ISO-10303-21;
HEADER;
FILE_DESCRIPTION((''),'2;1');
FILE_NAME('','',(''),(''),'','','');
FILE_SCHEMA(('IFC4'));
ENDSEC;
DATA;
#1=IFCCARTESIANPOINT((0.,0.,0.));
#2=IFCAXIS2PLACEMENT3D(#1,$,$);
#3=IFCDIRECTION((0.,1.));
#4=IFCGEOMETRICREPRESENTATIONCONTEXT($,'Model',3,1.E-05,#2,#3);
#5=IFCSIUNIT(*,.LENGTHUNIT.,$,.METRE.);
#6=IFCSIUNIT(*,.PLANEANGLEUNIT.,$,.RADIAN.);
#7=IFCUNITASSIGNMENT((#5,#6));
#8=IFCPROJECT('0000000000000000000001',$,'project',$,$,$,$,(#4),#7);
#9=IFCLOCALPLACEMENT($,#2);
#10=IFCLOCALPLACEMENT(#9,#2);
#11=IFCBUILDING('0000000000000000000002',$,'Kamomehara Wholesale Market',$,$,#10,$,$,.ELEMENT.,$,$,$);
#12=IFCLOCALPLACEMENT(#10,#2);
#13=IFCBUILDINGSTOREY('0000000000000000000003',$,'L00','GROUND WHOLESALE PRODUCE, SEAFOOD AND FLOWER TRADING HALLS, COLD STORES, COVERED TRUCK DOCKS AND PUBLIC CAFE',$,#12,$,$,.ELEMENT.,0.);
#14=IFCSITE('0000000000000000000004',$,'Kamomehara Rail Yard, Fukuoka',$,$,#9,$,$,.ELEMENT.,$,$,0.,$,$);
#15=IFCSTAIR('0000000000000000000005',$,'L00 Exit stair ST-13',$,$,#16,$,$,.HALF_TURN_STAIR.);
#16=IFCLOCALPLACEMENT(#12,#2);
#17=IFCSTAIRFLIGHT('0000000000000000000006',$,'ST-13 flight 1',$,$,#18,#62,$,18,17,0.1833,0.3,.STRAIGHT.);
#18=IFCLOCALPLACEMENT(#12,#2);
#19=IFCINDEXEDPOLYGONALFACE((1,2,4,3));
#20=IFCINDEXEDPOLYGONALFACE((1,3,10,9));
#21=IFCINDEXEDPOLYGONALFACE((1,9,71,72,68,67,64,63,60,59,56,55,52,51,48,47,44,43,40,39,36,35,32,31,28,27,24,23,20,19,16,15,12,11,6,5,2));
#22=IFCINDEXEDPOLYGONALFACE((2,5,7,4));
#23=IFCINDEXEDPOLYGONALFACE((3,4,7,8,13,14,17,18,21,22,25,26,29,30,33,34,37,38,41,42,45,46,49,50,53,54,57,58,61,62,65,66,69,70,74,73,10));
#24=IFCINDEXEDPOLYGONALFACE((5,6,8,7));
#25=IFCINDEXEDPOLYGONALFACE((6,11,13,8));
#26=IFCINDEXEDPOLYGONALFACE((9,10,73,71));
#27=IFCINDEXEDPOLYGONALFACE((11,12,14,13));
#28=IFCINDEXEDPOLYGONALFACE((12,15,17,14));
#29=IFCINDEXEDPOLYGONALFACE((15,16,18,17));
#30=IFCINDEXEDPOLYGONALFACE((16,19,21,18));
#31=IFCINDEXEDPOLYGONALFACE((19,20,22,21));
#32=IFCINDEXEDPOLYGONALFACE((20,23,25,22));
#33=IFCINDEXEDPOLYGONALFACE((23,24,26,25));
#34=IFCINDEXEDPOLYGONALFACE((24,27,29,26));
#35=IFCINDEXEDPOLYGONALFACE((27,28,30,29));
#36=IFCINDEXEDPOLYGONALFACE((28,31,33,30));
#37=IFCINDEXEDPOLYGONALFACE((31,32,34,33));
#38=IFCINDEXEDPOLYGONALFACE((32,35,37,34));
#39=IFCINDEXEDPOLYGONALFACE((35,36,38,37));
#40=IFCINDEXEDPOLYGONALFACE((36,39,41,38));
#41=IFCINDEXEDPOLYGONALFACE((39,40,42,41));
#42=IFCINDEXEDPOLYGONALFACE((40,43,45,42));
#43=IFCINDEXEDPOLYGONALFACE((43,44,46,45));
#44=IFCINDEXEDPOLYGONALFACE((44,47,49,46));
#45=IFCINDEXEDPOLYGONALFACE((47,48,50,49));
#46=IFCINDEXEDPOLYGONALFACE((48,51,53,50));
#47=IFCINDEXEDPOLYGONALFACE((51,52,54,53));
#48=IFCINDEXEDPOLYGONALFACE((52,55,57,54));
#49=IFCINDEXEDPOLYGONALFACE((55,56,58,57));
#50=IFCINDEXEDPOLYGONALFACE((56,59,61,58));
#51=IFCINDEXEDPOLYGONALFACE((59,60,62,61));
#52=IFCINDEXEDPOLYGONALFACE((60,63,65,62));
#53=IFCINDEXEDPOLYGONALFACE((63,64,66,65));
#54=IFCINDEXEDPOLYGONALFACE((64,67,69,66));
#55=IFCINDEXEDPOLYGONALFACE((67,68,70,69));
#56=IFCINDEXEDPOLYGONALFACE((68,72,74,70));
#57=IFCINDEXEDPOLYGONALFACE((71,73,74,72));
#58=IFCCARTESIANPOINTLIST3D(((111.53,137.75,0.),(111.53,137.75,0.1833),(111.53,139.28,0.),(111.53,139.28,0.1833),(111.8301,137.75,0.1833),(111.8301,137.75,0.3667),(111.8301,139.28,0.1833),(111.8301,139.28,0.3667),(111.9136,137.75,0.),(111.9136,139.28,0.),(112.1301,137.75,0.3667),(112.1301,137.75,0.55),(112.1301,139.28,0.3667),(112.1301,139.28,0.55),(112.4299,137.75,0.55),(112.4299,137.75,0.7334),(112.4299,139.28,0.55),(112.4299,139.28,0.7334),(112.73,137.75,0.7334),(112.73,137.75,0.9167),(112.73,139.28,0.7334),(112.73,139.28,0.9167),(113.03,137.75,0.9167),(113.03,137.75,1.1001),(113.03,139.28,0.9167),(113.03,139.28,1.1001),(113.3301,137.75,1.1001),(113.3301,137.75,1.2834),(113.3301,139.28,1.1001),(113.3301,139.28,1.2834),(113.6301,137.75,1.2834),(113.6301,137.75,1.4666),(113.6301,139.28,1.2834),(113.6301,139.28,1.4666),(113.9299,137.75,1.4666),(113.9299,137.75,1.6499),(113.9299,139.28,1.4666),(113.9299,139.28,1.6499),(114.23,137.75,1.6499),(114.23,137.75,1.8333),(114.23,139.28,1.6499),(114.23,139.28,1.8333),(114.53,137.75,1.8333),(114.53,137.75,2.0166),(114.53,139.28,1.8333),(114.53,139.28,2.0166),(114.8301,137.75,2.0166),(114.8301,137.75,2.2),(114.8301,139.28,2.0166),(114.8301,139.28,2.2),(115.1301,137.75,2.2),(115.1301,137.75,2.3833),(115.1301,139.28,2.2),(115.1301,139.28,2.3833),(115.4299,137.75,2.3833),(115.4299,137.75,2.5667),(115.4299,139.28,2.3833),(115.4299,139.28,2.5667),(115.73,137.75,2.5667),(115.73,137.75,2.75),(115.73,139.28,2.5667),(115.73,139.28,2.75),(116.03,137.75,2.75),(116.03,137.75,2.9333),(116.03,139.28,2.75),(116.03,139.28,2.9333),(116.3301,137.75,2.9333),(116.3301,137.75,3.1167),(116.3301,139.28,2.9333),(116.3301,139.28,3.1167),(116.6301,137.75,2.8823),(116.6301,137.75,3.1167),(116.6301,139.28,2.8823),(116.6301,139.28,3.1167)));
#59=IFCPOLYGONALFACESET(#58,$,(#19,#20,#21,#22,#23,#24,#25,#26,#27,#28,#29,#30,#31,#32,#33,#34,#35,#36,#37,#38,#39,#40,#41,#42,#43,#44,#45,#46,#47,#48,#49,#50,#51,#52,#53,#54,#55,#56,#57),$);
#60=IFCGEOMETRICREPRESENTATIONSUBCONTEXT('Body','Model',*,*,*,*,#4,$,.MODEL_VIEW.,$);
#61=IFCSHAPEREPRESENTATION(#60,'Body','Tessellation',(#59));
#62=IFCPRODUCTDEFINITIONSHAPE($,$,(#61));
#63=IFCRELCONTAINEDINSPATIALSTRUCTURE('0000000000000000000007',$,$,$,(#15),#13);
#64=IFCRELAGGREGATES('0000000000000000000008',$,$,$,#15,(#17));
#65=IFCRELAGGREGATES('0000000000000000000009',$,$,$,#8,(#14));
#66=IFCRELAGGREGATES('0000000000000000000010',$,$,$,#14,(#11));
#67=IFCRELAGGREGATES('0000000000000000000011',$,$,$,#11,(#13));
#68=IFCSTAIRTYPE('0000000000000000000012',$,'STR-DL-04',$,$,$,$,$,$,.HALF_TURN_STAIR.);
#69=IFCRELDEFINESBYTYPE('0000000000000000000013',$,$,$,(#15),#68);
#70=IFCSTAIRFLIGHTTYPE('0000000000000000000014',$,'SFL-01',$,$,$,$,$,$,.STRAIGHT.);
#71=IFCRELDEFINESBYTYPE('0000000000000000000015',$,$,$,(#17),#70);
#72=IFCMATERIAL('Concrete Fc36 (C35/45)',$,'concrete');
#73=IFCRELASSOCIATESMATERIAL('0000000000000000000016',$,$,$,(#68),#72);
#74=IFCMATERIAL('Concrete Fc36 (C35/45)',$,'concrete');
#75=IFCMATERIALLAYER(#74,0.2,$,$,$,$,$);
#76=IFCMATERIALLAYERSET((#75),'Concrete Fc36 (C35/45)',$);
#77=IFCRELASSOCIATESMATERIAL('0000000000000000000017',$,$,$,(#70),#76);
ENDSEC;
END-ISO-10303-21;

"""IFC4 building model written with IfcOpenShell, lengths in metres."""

from ifc_helpers import new_model, si_unit, direction, frame, origin, place, context, subcontext, project, spatial, polyline, outline, extrude, material, layer, layer_set, type_object, element, aggregate, save


model = new_model("IFC4")

# Units and contexts
model_context = context("Model", 3, precision=1e-05, world=origin(), true_north=direction((0.0, 1.0)))
body_context = subcontext(model_context, "Body", "Model", "MODEL_VIEW")
ifc_project = project(units=[si_unit("LENGTHUNIT", "METRE"), si_unit("PLANEANGLEUNIT", "RADIAN")], contexts=[model_context])

# Site, building, storey
site_placement = place(None, origin())
site = spatial("IfcSite", under=ifc_project, at=site_placement, Name="Kamomehara Rail Yard, Fukuoka", CompositionType="ELEMENT", RefElevation=0.0)
building_placement = place(site_placement, origin())
building = spatial("IfcBuilding", under=site, at=building_placement, Name="Kamomehara Wholesale Market", CompositionType="ELEMENT")
storey_placement = place(building_placement, origin())
storey = spatial("IfcBuildingStorey", under=building, at=storey_placement, Name="L00", Description="GROUND WHOLESALE PRODUCE, SEAFOOD AND FLOWER TRADING HALLS, COLD STORES, COVERED TRUCK DOCKS AND PUBLIC CAFE", CompositionType="ELEMENT", Elevation=0.0)

# Stair, stair flight
ifc_material_1 = material(Name="Concrete Fc36 (C35/45)", Category="concrete")
stair_type = type_object("IfcStairType", Name="STR-DL-04", PredefinedType="HALF_TURN_STAIR", material=ifc_material_1)
stair_placement = place(storey_placement, origin())
stair = element("IfcStair", 1, at=stair_placement, inside=storey, type_object=stair_type, Name="L00 Exit stair ST-13", PredefinedType="HALF_TURN_STAIR")
ifc_material_2 = material(Name="Concrete Fc36 (C35/45)", Category="concrete")
ifc_layer_1 = layer(ifc_material_2, 0.2)
ifc_layer_set_1 = layer_set([ifc_layer_1], Name="Concrete Fc36 (C35/45)")
stair_flight_type = type_object("IfcStairFlightType", Name="SFL-01", PredefinedType="STRAIGHT", material=ifc_layer_set_1)
stair_flight_placement = place(storey_placement, frame((111.53, 138.5149, 0.0), z_axis=(0.0, 0.0, 1.0), x_axis=(1.0, 0.0, 0.0)))
stair_flight = element("IfcStairFlight", 2, at=stair_flight_placement, type_object=stair_flight_type, Name="ST-13 flight 1", NumberOfRisers=18, NumberOfTreads=17, PredefinedType="STRAIGHT", RiserHeight=0.1833, TreadLength=0.3, context=body_context, shape_type="SweptSolid", body=[
    extrude(outline(polyline([(0.0, 0.0), (0.0, 0.1833), (0.3, 0.1833), (0.3, 0.3667), (0.6001, 0.3667), (0.6001, 0.55), (0.8999, 0.55), (0.8999, 0.7334), (1.2, 0.7334), (1.2, 0.9167), (1.5, 0.9167), (1.5, 1.1001), (1.8, 1.1001), (1.8, 1.2834), (2.1001, 1.2834), (2.1001, 1.4666), (2.3999, 1.4666), (2.3999, 1.6499), (2.7, 1.6499), (2.7, 1.8333), (3.0, 1.8333), (3.0, 2.0166), (3.3, 2.0166), (3.3, 2.2), (3.6001, 2.2), (3.6001, 2.3833), (3.8999, 2.3833), (3.8999, 2.5667), (4.2, 2.5667), (4.2, 2.75), (4.5, 2.75), (4.5, 2.9333), (4.8, 2.9333), (4.8, 3.1167), (5.1001, 3.1167), (5.1001, 3.3), (5.1001, 2.8823), (0.3835, 0.0), (0.0, 0.0)])), frame((0.0, 0.7651, 0.0), z_axis=(0.0, -1.0, 0.0), x_axis=(1.0, 0.0, 0.0)), (0.0, 0.0, 1.0), 1.53),
])
aggregate(stair, [stair_flight])

save(model, "model.ifc")
